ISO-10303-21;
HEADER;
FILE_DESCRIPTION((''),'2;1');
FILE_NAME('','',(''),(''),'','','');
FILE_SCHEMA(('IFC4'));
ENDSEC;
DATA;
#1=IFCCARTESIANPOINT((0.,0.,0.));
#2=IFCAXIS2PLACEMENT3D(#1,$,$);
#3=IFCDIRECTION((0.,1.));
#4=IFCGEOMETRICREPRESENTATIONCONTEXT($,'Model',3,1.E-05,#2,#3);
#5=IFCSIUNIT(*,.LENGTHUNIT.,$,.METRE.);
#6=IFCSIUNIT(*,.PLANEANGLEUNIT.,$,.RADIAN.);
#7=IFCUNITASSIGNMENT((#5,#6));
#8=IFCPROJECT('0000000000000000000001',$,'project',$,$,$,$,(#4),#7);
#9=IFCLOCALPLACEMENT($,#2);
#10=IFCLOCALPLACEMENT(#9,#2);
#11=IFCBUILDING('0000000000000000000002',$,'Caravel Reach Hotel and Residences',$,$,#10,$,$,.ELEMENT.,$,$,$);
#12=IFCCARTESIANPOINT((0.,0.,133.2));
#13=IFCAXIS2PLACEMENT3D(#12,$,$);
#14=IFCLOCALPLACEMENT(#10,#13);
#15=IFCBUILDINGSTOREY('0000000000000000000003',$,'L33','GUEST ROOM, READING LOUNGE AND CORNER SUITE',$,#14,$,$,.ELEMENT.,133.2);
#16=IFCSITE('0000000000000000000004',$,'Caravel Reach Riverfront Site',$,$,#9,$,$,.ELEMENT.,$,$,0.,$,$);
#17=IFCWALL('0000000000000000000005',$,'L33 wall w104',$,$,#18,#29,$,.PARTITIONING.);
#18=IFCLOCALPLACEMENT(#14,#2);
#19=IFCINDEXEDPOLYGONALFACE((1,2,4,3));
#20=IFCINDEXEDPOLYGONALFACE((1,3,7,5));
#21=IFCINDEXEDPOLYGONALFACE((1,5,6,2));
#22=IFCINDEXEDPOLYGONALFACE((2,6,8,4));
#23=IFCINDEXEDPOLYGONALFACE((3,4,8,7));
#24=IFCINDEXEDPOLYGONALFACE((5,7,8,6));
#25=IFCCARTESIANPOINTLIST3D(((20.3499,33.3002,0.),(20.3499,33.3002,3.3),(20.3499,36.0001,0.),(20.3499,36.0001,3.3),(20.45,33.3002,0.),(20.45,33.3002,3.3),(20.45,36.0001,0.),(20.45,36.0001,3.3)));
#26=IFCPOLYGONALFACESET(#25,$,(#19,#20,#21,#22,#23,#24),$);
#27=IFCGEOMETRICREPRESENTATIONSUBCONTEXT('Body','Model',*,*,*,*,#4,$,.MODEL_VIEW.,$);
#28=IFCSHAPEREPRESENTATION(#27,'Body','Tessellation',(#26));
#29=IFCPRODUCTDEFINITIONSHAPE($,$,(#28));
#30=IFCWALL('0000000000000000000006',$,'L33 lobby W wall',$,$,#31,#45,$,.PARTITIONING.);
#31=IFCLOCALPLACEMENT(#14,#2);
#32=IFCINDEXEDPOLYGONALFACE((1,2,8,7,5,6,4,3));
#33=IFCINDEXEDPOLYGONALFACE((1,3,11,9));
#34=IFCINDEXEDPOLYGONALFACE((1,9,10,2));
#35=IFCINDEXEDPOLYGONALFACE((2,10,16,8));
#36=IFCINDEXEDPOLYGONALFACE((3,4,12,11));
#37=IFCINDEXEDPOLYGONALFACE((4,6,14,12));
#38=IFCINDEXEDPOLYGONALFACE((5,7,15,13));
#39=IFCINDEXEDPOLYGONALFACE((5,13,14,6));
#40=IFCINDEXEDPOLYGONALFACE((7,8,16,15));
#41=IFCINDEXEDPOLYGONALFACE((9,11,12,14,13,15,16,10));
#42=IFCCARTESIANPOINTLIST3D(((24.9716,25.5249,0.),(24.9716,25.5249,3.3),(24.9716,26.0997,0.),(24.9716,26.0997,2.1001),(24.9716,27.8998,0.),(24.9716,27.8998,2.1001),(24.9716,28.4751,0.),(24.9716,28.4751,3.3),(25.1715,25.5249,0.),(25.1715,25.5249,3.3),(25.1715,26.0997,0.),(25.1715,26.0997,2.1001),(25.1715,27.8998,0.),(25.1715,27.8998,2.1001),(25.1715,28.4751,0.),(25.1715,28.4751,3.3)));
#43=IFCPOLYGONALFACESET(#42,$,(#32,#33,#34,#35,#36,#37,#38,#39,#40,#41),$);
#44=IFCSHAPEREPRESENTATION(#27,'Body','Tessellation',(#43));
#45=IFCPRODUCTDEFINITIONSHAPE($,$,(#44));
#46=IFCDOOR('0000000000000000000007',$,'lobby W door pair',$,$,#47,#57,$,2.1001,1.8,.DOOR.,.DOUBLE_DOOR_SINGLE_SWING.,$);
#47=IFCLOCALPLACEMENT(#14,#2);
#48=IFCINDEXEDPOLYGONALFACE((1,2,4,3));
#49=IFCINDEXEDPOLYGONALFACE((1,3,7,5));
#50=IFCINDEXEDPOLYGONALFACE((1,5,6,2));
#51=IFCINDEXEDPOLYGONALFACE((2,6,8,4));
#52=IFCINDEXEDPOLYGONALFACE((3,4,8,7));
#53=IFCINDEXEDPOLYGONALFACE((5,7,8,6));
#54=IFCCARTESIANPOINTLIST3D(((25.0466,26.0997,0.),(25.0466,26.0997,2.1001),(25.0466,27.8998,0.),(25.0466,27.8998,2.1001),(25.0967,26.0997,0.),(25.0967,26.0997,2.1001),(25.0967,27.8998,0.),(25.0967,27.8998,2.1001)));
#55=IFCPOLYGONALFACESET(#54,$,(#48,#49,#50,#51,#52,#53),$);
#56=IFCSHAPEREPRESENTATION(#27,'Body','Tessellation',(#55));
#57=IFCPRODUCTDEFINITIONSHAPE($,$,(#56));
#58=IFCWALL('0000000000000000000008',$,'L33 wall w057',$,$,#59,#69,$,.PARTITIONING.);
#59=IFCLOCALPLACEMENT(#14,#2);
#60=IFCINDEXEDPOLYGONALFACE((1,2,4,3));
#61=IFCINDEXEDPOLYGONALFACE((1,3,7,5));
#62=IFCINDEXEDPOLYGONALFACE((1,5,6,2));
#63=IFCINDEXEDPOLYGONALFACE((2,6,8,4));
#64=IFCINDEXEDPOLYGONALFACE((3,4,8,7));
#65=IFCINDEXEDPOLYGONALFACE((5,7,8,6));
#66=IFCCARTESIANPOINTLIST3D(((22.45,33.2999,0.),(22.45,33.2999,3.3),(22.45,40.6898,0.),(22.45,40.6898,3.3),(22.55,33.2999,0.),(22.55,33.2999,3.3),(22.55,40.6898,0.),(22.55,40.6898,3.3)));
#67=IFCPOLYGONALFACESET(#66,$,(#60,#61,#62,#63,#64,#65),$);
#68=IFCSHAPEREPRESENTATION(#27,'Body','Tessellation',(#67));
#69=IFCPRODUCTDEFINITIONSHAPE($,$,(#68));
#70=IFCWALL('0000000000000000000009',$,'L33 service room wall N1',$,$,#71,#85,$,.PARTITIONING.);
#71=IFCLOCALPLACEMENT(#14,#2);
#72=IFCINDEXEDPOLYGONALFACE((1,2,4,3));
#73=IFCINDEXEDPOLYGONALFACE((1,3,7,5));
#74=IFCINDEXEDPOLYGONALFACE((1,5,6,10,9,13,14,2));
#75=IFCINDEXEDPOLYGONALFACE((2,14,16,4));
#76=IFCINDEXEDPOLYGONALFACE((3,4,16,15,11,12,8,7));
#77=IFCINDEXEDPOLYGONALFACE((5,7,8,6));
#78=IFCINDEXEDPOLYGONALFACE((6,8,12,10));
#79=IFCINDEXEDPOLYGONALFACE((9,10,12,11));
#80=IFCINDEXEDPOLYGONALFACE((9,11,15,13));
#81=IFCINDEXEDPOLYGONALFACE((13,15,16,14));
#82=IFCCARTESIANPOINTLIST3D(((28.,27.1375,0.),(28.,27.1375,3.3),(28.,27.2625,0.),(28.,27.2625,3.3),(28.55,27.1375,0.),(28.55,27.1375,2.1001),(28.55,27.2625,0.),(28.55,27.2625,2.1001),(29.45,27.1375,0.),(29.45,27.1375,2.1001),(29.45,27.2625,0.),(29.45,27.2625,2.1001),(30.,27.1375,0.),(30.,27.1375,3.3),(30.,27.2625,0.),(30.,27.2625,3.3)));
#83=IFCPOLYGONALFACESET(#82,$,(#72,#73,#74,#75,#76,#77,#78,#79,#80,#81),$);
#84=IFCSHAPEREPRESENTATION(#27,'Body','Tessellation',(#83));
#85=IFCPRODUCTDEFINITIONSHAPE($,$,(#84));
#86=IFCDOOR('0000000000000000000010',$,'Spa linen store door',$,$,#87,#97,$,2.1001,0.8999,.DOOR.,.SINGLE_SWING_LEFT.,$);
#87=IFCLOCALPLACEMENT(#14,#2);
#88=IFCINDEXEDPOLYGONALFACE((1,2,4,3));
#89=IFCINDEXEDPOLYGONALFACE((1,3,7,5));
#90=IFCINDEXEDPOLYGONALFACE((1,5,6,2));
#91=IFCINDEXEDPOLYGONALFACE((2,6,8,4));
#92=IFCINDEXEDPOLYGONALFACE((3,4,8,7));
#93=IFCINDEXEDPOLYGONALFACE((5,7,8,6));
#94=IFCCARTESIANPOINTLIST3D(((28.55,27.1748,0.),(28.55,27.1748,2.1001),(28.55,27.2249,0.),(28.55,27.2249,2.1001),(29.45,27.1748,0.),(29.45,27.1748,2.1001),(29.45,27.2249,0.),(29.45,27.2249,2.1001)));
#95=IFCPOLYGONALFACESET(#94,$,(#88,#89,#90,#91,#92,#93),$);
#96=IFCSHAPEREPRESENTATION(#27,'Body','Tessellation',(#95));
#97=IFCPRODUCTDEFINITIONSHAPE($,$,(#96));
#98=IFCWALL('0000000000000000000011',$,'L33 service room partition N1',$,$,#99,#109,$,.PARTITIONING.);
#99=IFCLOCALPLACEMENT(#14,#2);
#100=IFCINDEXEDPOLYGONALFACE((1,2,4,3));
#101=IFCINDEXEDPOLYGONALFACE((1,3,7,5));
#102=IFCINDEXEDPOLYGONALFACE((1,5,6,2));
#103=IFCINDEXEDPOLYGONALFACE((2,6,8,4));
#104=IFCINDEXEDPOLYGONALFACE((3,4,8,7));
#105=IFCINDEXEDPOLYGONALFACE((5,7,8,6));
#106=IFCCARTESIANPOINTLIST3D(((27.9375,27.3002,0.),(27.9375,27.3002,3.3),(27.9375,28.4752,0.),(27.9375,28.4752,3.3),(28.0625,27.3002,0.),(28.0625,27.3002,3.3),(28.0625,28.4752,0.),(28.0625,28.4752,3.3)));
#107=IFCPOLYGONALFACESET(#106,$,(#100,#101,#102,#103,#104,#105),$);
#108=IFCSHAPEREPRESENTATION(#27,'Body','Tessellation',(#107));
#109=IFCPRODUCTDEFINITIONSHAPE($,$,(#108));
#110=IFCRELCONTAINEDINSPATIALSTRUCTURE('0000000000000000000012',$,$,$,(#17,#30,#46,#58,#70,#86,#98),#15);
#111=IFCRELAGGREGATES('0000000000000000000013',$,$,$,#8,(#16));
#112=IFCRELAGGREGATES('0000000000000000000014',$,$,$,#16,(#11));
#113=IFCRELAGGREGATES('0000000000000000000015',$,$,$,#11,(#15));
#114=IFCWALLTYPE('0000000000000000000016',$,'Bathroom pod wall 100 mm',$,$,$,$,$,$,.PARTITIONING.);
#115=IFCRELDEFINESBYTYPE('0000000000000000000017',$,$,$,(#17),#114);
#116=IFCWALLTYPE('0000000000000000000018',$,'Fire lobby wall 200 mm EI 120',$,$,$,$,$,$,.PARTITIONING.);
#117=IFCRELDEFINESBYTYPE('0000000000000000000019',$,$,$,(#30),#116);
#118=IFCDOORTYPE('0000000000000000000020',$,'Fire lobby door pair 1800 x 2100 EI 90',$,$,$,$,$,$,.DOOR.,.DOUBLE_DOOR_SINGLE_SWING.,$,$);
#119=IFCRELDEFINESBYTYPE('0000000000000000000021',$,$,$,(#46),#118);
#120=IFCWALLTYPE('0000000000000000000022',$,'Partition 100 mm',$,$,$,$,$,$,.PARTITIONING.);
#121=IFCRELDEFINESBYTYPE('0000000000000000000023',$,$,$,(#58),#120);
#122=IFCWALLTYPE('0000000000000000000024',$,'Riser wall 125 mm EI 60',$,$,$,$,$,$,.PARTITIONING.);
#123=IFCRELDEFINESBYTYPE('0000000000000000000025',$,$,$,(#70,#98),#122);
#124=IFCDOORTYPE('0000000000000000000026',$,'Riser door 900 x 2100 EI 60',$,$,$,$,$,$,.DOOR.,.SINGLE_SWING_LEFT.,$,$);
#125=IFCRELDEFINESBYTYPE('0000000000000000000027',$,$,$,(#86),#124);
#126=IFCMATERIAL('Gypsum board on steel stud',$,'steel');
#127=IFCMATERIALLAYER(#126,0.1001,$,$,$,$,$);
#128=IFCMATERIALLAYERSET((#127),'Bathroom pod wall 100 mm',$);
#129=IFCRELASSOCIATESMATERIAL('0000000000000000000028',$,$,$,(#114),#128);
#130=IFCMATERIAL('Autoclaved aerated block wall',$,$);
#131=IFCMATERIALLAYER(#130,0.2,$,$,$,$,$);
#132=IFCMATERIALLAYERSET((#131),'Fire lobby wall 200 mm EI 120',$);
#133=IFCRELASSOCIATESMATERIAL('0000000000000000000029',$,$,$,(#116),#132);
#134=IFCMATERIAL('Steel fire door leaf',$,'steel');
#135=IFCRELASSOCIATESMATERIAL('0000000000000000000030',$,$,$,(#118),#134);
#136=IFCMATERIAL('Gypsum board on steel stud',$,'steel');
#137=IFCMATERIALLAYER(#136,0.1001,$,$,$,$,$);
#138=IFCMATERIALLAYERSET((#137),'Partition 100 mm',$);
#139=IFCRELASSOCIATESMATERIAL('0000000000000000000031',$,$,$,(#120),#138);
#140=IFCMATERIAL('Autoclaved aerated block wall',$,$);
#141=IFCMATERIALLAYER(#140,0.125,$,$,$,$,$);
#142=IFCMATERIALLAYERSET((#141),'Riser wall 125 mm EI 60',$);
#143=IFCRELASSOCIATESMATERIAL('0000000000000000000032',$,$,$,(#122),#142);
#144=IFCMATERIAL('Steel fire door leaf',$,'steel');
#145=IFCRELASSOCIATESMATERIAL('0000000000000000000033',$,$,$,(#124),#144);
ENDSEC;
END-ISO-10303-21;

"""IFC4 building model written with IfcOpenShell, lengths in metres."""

from ifc_helpers import new_model, si_unit, direction, frame, frame_2d, origin, place, context, subcontext, project, spatial, rectangle, extrude, material, layer, layer_set, type_object, element, fill, save


model = new_model("IFC4")

# Units and contexts
model_context = context("Model", 3, precision=1e-05, world=origin(), true_north=direction((0.0, 1.0)))
body_context = subcontext(model_context, "Body", "Model", "MODEL_VIEW")
ifc_project = project(units=[si_unit("LENGTHUNIT", "METRE"), si_unit("PLANEANGLEUNIT", "RADIAN")], contexts=[model_context])

# Site, building, storey
site_placement = place(None, origin())
site = spatial("IfcSite", under=ifc_project, at=site_placement, Name="Caravel Reach Riverfront Site", CompositionType="ELEMENT", RefElevation=0.0)
building_placement = place(site_placement, origin())
building = spatial("IfcBuilding", under=site, at=building_placement, Name="Caravel Reach Hotel and Residences", CompositionType="ELEMENT")
storey_placement = place(building_placement, frame((0.0, 0.0, 133.2)))
storey = spatial("IfcBuildingStorey", under=building, at=storey_placement, Name="L33", Description="GUEST ROOM, READING LOUNGE AND CORNER SUITE", CompositionType="ELEMENT", Elevation=133.2)

# Wall
ifc_material_1 = material(Name="Gypsum board on steel stud", Category="steel")
ifc_layer_1 = layer(ifc_material_1, 0.1001)
ifc_layer_set_1 = layer_set([ifc_layer_1], Name="Bathroom pod wall 100 mm")
wall_type_1 = type_object("IfcWallType", Name="Bathroom pod wall 100 mm", PredefinedType="PARTITIONING", material=ifc_layer_set_1)
wall_1_placement = place(storey_placement, frame((20.3999, 33.3, 0.0), z_axis=(0.0, 0.0, 1.0), x_axis=(0.0, 1.0, 0.0)))
element("IfcWall", 1, at=wall_1_placement, inside=storey, type_object=wall_type_1, Name="L33 wall w104", PredefinedType="PARTITIONING", context=body_context, shape_type="SweptSolid", body=[
    extrude(rectangle(XDim=2.7, YDim=0.1001, at=frame_2d((1.3501, 0.0))), origin(), (0.0, 0.0, 1.0), 3.3),
])

# Wall, opening, door
ifc_material_2 = material(Name="Autoclaved aerated block wall")
ifc_layer_2 = layer(ifc_material_2, 0.2)
ifc_layer_set_2 = layer_set([ifc_layer_2], Name="Fire lobby wall 200 mm EI 120")
wall_type_2 = type_object("IfcWallType", Name="Fire lobby wall 200 mm EI 120", PredefinedType="PARTITIONING", material=ifc_layer_set_2)
wall_2_placement = place(storey_placement, frame((25.0715, 25.5249, 0.0), z_axis=(0.0, 0.0, 1.0), x_axis=(0.0, 1.0, 0.0)))
wall_2 = element("IfcWall", 2, at=wall_2_placement, inside=storey, type_object=wall_type_2, Name="L33 lobby W wall", PredefinedType="PARTITIONING", context=body_context, shape_type="SweptSolid", body=[
    extrude(rectangle(XDim=2.9502, YDim=0.2, at=frame_2d((1.4751, 0.0))), origin(), (0.0, 0.0, 1.0), 3.3),
])
opening_1_placement = place(wall_2_placement, frame((0.575, 0.0, 0.0)))
opening_1 = element("IfcOpeningElement", 3, at=opening_1_placement, cuts=wall_2, PredefinedType="OPENING", context=body_context, shape_type="SweptSolid", body=[
    extrude(rectangle(XDim=1.8, YDim=2.1001, at=frame_2d((0.8999, 1.05))), frame((0.0, 0.1099, 0.0), z_axis=(0.0, -1.0, 0.0), x_axis=(1.0, 0.0, 0.0)), (0.0, 0.0, 1.0), 0.22),
])
ifc_material_3 = material(Name="Steel fire door leaf", Category="steel")
door_type_1 = type_object("IfcDoorType", Name="Fire lobby door pair 1800 x 2100 EI 90", OperationType="DOUBLE_DOOR_SINGLE_SWING", PredefinedType="DOOR", material=ifc_material_3)
door_1_placement = place(opening_1_placement, origin())
door_1 = element("IfcDoor", 4, at=door_1_placement, inside=storey, type_object=door_type_1, Name="lobby W door pair", OperationType="DOUBLE_DOOR_SINGLE_SWING", OverallHeight=2.1001, OverallWidth=1.8, PredefinedType="DOOR", context=body_context, shape_type="SweptSolid", body=[
    extrude(rectangle(XDim=1.8, YDim=2.1001, at=frame_2d((0.8999, 1.05))), frame((0.0, 0.0249, 0.0), z_axis=(0.0, -1.0, 0.0), x_axis=(1.0, 0.0, 0.0)), (0.0, 0.0, 1.0), 0.05),
])
fill(opening_1, door_1)

# Wall
ifc_material_4 = material(Name="Gypsum board on steel stud", Category="steel")
ifc_layer_3 = layer(ifc_material_4, 0.1001)
ifc_layer_set_3 = layer_set([ifc_layer_3], Name="Partition 100 mm")
wall_type_3 = type_object("IfcWallType", Name="Partition 100 mm", PredefinedType="PARTITIONING", material=ifc_layer_set_3)
wall_3_placement = place(storey_placement, frame((22.5, 33.3, 0.0), z_axis=(0.0, 0.0, 1.0), x_axis=(0.0, 1.0, 0.0)))
element("IfcWall", 5, at=wall_3_placement, inside=storey, type_object=wall_type_3, Name="L33 wall w057", PredefinedType="PARTITIONING", context=body_context, shape_type="SweptSolid", body=[
    extrude(rectangle(XDim=7.3899, YDim=0.1001, at=frame_2d((3.6948, 0.0))), origin(), (0.0, 0.0, 1.0), 3.3),
])

# Wall, opening, door
ifc_material_5 = material(Name="Autoclaved aerated block wall")
ifc_layer_4 = layer(ifc_material_5, 0.125)
ifc_layer_set_4 = layer_set([ifc_layer_4], Name="Riser wall 125 mm EI 60")
wall_type_4 = type_object("IfcWallType", Name="Riser wall 125 mm EI 60", PredefinedType="PARTITIONING", material=ifc_layer_set_4)
wall_4_placement = place(storey_placement, frame((28.0, 27.2, 0.0), z_axis=(0.0, 0.0, 1.0), x_axis=(1.0, 0.0, 0.0)))
wall_4 = element("IfcWall", 6, at=wall_4_placement, inside=storey, type_object=wall_type_4, Name="L33 service room wall N1", PredefinedType="PARTITIONING", context=body_context, shape_type="SweptSolid", body=[
    extrude(rectangle(XDim=2.0, YDim=0.125, at=frame_2d((1.0, 0.0))), origin(), (0.0, 0.0, 1.0), 3.3),
])
opening_2_placement = place(wall_4_placement, frame((0.55, 0.0, 0.0)))
opening_2 = element("IfcOpeningElement", 7, at=opening_2_placement, cuts=wall_4, PredefinedType="OPENING", context=body_context, shape_type="SweptSolid", body=[
    extrude(rectangle(XDim=0.8999, YDim=2.1001, at=frame_2d((0.45, 1.05))), frame((0.0, 0.0725, 0.0), z_axis=(0.0, -1.0, 0.0), x_axis=(1.0, 0.0, 0.0)), (0.0, 0.0, 1.0), 0.145),
])
ifc_material_6 = material(Name="Steel fire door leaf", Category="steel")
door_type_2 = type_object("IfcDoorType", Name="Riser door 900 x 2100 EI 60", OperationType="SINGLE_SWING_LEFT", PredefinedType="DOOR", material=ifc_material_6)
door_2_placement = place(opening_2_placement, origin())
door_2 = element("IfcDoor", 8, at=door_2_placement, inside=storey, type_object=door_type_2, Name="Spa linen store door", OperationType="SINGLE_SWING_LEFT", OverallHeight=2.1001, OverallWidth=0.8999, PredefinedType="DOOR", context=body_context, shape_type="SweptSolid", body=[
    extrude(rectangle(XDim=0.8999, YDim=2.1001, at=frame_2d((0.45, 1.05))), frame((0.0, 0.0249, 0.0), z_axis=(0.0, -1.0, 0.0), x_axis=(1.0, 0.0, 0.0)), (0.0, 0.0, 1.0), 0.05),
])
fill(opening_2, door_2)

# Wall
wall_5_placement = place(storey_placement, frame((28.0, 28.4751, 0.0), z_axis=(0.0, 0.0, 1.0), x_axis=(0.0, -1.0, 0.0)))
element("IfcWall", 9, at=wall_5_placement, inside=storey, type_object=wall_type_4, Name="L33 service room partition N1", PredefinedType="PARTITIONING", context=body_context, shape_type="SweptSolid", body=[
    extrude(rectangle(XDim=1.175, YDim=0.125, at=frame_2d((0.5874, 0.0))), origin(), (0.0, 0.0, 1.0), 3.3),
])

save(model, "model.ifc")
